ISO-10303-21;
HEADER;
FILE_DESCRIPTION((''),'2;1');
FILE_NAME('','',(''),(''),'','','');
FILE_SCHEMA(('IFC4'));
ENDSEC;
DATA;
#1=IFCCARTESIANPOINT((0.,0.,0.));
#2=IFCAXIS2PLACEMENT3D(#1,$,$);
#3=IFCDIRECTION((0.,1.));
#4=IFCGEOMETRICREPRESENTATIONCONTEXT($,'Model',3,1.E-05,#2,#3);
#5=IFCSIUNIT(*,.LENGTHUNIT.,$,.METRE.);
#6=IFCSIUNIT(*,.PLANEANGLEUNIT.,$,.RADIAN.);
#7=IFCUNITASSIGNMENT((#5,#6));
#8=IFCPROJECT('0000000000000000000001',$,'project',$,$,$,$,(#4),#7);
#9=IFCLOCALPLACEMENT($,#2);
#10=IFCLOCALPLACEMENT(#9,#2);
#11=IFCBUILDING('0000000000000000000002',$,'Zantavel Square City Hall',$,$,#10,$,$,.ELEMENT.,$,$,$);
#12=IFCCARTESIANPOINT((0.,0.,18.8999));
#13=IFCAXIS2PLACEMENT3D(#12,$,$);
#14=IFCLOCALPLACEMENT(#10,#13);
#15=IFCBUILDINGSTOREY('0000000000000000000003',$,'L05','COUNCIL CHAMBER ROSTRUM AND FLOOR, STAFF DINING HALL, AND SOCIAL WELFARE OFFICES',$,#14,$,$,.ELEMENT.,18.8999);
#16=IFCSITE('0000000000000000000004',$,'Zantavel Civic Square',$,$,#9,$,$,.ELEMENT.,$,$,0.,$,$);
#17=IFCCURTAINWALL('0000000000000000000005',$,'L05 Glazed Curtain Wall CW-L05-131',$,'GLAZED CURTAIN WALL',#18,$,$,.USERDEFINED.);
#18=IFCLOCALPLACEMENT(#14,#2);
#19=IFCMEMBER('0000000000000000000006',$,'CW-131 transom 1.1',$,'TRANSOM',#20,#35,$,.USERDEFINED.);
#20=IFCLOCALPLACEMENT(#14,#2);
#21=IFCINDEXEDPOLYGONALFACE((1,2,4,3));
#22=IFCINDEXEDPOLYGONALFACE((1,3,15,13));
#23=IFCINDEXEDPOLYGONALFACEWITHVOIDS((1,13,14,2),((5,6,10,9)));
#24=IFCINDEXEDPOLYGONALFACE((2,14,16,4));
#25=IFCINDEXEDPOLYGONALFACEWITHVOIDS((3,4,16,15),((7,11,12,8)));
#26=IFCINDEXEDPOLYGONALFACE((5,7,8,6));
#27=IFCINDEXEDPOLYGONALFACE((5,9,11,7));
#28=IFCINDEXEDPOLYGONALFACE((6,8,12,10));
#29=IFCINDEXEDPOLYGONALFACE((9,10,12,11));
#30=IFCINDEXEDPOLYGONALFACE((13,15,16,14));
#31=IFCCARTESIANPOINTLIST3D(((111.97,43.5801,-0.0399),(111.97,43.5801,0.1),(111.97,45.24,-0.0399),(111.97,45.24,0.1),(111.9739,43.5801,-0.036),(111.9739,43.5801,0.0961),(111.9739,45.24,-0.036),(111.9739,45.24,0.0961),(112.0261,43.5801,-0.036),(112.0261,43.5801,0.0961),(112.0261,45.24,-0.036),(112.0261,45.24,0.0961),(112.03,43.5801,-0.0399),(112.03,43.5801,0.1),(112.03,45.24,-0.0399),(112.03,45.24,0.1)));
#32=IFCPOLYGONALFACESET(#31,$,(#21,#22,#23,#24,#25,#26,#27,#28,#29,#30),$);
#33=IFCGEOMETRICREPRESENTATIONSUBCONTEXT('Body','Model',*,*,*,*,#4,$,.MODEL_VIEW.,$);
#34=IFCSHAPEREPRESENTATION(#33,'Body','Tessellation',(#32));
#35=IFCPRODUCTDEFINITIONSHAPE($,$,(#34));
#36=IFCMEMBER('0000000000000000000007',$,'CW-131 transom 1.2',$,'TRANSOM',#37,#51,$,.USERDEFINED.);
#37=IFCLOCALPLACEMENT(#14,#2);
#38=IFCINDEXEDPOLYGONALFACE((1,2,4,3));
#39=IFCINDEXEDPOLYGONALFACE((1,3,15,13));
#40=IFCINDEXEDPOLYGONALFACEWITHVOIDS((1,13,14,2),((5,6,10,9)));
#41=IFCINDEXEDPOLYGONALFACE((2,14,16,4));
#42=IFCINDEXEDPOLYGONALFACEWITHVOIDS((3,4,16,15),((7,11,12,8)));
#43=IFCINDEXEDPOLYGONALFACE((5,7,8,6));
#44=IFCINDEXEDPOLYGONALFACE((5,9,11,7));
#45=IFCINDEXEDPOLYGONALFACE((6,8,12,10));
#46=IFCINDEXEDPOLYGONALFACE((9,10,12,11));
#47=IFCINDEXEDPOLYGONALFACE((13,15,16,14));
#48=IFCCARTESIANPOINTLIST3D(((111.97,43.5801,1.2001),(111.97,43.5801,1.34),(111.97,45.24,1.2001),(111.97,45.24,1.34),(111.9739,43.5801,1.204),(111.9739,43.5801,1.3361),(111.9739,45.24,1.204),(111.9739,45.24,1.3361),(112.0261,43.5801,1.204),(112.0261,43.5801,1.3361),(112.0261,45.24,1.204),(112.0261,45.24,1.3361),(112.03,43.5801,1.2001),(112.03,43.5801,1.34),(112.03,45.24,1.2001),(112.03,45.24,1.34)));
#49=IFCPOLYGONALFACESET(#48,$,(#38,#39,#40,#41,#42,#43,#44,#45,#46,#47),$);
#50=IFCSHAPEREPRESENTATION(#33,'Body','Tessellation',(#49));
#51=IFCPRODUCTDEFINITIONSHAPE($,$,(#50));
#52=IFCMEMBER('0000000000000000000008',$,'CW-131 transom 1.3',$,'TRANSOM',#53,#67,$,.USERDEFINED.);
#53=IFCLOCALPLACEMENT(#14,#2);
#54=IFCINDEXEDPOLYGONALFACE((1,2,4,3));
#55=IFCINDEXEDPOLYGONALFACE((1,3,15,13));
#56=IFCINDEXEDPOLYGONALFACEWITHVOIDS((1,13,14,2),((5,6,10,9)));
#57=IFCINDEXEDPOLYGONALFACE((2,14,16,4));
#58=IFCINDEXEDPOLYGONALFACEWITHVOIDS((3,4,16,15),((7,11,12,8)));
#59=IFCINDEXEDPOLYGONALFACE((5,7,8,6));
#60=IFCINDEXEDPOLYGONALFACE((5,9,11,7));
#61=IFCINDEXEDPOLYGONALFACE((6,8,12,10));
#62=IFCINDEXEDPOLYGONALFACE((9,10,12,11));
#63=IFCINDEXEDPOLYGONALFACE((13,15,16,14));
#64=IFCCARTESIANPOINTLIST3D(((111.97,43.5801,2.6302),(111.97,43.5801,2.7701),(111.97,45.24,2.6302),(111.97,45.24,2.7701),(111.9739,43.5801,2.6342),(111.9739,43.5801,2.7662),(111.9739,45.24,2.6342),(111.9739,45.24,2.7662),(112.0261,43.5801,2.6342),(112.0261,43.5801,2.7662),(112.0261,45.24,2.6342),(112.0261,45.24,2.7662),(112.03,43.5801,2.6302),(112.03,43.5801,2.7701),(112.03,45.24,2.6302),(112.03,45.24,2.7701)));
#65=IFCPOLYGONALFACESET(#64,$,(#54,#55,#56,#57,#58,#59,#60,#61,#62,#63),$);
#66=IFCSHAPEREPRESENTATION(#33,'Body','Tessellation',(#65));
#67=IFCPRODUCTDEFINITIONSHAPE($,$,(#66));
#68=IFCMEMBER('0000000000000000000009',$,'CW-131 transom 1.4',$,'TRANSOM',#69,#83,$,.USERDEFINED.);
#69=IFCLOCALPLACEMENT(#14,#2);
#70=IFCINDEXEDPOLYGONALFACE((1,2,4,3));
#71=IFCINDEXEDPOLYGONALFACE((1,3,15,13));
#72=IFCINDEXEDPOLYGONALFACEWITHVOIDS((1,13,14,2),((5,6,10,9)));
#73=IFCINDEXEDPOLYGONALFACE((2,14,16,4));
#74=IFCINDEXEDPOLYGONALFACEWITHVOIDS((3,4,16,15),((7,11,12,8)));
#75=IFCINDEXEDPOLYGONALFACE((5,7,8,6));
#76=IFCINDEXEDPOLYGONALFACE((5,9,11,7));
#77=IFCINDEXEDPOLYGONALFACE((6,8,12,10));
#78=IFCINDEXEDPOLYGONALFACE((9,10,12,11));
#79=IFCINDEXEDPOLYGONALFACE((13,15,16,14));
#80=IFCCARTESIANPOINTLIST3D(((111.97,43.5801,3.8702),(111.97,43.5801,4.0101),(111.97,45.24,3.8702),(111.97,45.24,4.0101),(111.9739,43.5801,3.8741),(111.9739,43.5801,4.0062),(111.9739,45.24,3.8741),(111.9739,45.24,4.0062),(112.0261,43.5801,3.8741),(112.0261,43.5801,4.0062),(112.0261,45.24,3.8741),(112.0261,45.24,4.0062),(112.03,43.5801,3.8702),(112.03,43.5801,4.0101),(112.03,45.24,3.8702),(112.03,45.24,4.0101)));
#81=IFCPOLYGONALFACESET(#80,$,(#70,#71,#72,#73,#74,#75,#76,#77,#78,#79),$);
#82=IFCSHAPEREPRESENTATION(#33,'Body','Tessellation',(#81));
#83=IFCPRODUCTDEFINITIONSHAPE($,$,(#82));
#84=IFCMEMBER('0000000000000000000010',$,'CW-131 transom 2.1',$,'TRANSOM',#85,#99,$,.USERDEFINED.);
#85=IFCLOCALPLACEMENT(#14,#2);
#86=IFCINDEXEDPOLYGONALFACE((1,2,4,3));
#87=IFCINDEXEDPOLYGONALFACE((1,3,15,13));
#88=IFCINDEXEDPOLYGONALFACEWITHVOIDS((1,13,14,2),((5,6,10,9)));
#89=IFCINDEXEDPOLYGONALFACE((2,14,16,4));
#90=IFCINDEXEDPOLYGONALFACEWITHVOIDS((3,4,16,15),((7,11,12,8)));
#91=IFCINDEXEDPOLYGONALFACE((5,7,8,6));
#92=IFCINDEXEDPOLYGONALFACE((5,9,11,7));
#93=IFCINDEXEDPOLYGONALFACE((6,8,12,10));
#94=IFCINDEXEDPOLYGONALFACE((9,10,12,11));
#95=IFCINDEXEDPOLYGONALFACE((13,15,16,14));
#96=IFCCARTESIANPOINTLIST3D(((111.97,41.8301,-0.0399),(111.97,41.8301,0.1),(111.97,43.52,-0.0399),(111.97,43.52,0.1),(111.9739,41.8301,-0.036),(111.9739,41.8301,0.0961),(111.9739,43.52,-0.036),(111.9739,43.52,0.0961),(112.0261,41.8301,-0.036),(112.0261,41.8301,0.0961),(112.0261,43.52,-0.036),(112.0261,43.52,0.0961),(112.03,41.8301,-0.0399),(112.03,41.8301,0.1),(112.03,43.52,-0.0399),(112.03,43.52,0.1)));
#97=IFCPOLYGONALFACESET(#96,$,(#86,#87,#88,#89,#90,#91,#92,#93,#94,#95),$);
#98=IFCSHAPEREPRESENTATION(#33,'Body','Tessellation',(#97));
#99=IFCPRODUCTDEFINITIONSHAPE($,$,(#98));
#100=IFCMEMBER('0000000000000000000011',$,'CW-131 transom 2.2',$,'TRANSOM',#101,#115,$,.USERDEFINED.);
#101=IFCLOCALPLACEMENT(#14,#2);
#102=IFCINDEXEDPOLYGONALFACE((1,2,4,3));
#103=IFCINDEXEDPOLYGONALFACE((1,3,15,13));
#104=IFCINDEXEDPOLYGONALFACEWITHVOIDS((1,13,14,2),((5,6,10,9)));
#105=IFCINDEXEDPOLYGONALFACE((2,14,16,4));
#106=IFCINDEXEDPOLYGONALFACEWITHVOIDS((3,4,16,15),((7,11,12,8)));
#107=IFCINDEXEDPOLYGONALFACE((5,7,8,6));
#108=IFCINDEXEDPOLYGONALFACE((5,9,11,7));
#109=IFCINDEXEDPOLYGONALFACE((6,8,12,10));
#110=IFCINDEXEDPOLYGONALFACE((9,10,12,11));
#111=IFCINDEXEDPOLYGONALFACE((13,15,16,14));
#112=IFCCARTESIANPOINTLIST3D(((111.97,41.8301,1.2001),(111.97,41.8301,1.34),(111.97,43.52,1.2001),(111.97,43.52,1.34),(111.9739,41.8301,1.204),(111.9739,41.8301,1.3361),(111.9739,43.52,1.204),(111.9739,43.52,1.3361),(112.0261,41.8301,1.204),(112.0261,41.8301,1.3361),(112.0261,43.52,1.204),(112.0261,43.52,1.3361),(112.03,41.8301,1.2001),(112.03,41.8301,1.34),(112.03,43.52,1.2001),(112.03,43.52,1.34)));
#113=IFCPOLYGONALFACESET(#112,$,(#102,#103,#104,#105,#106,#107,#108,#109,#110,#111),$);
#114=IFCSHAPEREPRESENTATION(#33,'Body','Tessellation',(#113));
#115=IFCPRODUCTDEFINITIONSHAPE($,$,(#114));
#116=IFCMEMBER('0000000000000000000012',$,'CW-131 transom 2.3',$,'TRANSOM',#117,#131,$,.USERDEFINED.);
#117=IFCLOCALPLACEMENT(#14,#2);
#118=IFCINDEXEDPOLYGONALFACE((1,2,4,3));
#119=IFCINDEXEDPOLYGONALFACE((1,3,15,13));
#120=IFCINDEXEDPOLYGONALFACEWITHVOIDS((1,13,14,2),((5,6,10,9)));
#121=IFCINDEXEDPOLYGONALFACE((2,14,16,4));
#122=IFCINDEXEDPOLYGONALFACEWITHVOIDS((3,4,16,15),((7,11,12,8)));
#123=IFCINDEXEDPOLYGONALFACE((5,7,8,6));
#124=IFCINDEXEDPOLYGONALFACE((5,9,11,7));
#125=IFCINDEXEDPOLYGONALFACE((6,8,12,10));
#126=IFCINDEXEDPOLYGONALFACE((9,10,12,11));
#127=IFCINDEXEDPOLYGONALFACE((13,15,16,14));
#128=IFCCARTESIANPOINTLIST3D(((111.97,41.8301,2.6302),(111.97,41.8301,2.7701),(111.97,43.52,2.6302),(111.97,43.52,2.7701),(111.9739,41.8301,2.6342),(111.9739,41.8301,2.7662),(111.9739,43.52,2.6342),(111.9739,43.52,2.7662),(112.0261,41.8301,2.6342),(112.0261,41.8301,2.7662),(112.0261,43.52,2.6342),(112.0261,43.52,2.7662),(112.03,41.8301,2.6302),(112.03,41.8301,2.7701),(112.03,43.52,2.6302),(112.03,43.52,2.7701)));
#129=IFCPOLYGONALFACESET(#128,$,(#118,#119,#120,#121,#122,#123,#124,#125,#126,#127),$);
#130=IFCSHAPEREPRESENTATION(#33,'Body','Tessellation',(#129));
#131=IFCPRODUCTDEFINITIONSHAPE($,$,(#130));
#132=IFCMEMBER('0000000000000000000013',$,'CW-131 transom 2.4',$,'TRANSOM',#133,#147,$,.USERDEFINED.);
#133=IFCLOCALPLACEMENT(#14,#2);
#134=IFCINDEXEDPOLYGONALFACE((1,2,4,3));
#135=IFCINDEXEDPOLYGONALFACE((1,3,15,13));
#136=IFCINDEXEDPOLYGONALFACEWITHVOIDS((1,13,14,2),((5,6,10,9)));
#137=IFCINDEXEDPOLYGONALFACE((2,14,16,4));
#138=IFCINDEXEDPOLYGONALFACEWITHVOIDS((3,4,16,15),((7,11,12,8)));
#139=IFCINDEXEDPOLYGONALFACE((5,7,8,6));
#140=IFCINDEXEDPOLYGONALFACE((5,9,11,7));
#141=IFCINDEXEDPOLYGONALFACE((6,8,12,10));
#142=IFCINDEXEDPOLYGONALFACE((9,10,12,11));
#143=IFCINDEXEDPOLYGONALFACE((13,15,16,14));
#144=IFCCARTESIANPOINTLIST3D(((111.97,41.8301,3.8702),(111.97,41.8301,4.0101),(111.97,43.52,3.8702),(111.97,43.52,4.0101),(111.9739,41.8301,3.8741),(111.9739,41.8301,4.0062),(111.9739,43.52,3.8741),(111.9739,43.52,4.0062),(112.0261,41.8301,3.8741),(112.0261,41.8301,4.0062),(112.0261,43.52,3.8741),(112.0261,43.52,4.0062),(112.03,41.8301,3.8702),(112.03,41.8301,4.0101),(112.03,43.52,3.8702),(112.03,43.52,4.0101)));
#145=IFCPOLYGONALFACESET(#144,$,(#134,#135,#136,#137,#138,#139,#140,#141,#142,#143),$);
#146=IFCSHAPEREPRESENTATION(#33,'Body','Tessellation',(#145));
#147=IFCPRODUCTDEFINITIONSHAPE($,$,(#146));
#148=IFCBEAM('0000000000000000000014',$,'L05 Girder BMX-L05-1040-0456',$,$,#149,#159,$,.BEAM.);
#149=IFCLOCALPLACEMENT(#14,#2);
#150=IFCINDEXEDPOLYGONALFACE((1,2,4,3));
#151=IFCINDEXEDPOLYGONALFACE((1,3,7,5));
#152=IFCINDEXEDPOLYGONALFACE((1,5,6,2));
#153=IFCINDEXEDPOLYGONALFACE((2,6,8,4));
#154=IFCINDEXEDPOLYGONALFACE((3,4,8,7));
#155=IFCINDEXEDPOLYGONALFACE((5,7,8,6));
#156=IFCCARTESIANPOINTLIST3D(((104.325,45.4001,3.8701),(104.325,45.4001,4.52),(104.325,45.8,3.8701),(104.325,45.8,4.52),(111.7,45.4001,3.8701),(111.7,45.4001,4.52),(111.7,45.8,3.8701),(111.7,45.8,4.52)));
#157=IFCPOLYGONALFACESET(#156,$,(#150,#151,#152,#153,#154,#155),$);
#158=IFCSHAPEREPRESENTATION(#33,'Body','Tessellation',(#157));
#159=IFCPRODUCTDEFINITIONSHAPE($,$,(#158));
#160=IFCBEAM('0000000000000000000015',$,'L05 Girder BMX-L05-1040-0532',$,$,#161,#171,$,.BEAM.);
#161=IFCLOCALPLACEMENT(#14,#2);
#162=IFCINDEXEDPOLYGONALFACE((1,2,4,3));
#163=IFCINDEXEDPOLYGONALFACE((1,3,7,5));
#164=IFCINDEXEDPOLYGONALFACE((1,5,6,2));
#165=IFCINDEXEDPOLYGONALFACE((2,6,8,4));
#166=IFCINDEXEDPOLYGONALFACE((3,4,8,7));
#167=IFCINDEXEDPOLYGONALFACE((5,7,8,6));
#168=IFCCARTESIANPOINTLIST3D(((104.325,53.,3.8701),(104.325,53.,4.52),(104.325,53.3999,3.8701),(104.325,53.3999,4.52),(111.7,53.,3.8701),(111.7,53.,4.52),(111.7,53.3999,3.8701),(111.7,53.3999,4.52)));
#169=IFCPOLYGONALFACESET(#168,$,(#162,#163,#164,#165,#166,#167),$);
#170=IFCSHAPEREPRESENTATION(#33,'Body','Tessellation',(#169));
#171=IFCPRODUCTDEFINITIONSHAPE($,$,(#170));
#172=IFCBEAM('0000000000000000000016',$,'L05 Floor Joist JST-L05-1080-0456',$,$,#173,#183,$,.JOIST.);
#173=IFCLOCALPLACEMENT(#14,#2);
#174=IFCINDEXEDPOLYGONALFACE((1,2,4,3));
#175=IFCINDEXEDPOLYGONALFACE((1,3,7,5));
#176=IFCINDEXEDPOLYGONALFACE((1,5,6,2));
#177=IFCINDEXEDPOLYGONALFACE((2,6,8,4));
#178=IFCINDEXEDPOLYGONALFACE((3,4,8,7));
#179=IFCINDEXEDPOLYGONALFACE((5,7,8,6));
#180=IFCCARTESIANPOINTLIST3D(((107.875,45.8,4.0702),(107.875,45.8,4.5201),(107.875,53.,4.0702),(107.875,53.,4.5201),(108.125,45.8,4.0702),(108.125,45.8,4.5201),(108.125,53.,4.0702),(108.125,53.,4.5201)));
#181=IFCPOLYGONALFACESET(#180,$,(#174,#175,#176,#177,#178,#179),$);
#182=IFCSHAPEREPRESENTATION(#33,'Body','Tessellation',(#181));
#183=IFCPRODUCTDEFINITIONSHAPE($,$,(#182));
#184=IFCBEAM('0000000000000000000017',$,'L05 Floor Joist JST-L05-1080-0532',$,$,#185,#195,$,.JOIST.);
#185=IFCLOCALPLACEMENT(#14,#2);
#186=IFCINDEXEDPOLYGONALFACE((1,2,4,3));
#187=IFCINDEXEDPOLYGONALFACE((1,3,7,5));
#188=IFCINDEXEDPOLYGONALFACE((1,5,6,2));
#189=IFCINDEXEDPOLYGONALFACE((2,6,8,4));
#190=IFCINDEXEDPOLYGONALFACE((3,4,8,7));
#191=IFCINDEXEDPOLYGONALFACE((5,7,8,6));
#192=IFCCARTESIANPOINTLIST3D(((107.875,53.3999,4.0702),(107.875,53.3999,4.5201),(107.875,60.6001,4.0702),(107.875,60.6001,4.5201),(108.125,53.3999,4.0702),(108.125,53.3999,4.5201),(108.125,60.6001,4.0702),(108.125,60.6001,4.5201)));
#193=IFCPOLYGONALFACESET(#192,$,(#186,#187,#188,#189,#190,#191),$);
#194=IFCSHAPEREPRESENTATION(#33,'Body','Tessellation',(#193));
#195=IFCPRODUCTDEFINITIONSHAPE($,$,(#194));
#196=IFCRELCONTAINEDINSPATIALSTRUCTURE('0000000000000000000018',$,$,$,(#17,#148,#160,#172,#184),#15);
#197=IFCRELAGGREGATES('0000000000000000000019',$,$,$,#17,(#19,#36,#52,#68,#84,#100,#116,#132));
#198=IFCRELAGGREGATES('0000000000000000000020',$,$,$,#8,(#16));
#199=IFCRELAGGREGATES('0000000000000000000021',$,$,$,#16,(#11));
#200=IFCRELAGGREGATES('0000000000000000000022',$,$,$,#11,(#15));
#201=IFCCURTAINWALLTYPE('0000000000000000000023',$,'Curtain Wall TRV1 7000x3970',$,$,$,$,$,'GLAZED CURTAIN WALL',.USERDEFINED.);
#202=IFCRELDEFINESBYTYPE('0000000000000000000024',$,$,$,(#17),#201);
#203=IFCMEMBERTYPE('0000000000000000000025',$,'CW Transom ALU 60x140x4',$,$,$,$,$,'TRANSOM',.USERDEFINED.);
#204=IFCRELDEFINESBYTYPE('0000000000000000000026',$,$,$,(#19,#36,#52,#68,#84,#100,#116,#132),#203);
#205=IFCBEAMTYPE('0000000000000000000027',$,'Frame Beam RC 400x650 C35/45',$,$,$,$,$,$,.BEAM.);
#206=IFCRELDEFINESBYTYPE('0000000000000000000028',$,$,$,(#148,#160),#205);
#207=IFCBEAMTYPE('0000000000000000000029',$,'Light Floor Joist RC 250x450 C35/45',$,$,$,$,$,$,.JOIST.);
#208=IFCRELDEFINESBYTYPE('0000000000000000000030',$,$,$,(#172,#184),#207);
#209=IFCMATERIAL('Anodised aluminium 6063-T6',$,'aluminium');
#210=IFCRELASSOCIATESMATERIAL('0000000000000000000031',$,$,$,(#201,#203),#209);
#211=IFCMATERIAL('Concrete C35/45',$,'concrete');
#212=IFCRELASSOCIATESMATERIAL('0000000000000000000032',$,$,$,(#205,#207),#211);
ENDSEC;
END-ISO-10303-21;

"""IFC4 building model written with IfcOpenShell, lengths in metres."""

from ifc_helpers import new_model, si_unit, direction, frame, origin, origin_2d, place, context, subcontext, project, spatial, rectangle, hollow_rectangle, extrude, material, material_profile, profile_set, type_object, element, aggregate, save


model = new_model("IFC4")

# Units and contexts
model_context = context("Model", 3, precision=1e-05, world=origin(), true_north=direction((0.0, 1.0)))
body_context = subcontext(model_context, "Body", "Model", "MODEL_VIEW")
ifc_project = project(units=[si_unit("LENGTHUNIT", "METRE"), si_unit("PLANEANGLEUNIT", "RADIAN")], contexts=[model_context])

# Site, building, storey
site_placement = place(None, origin())
site = spatial("IfcSite", under=ifc_project, at=site_placement, Name="Zantavel Civic Square", CompositionType="ELEMENT", RefElevation=0.0)
building_placement = place(site_placement, origin())
building = spatial("IfcBuilding", under=site, at=building_placement, Name="Zantavel Square City Hall", CompositionType="ELEMENT")
storey_placement = place(building_placement, frame((0.0, 0.0, 18.8999)))
storey = spatial("IfcBuildingStorey", under=building, at=storey_placement, Name="L05", Description="COUNCIL CHAMBER ROSTRUM AND FLOOR, STAFF DINING HALL, AND SOCIAL WELFARE OFFICES", CompositionType="ELEMENT", Elevation=18.8999)

# Curtain wall
ifc_material_1 = material(Name="Anodised aluminium 6063-T6", Category="aluminium")
curtain_wall_type = type_object("IfcCurtainWallType", Name="Curtain Wall TRV1 7000x3970", ElementType="GLAZED CURTAIN WALL", PredefinedType="USERDEFINED", material=ifc_material_1)
curtain_wall_1_placement = place(storey_placement, origin())
curtain_wall_1 = element("IfcCurtainWall", 1, at=curtain_wall_1_placement, inside=storey, type_object=curtain_wall_type, Name="L05 Glazed Curtain Wall CW-L05-131", ObjectType="GLAZED CURTAIN WALL", PredefinedType="USERDEFINED")

# Members
ifc_material_profile_1 = material_profile(ifc_material_1, hollow_rectangle(XDim=0.0601, YDim=0.1399, WallThickness=0.0039, at=origin_2d()), Name="ALU 60x140x4")
ifc_profile_set_1 = profile_set([ifc_material_profile_1], Name="Anodised aluminium 6063-T6")
member_type_1 = type_object("IfcMemberType", Name="CW Transom ALU 60x140x4", ElementType="TRANSOM", PredefinedType="USERDEFINED", material=ifc_profile_set_1)
member_1_placement = place(storey_placement, frame((112.0, 45.24, 0.03), z_axis=(0.0, -1.0, 0.0), x_axis=(1.0, 0.0, 0.0)))
member_1 = element("IfcMember", 2, at=member_1_placement, type_object=member_type_1, Name="CW-131 transom 1.1", ObjectType="TRANSOM", PredefinedType="USERDEFINED", context=body_context, shape_type="SweptSolid", body=[
    extrude(hollow_rectangle(XDim=0.0601, YDim=0.1399, WallThickness=0.0039, at=origin_2d()), origin(), (0.0, 0.0, 1.0), 1.6599),
])
member_2_placement = place(storey_placement, frame((112.0, 45.24, 1.27), z_axis=(0.0, -1.0, 0.0), x_axis=(1.0, 0.0, 0.0)))
member_2 = element("IfcMember", 3, at=member_2_placement, type_object=member_type_1, Name="CW-131 transom 1.2", ObjectType="TRANSOM", PredefinedType="USERDEFINED", context=body_context, shape_type="SweptSolid", body=[
    extrude(hollow_rectangle(XDim=0.0601, YDim=0.1399, WallThickness=0.0039, at=origin_2d()), origin(), (0.0, 0.0, 1.0), 1.6599),
])
member_3_placement = place(storey_placement, frame((112.0, 45.24, 2.7002), z_axis=(0.0, -1.0, 0.0), x_axis=(1.0, 0.0, 0.0)))
member_3 = element("IfcMember", 4, at=member_3_placement, type_object=member_type_1, Name="CW-131 transom 1.3", ObjectType="TRANSOM", PredefinedType="USERDEFINED", context=body_context, shape_type="SweptSolid", body=[
    extrude(hollow_rectangle(XDim=0.0601, YDim=0.1399, WallThickness=0.0039, at=origin_2d()), origin(), (0.0, 0.0, 1.0), 1.6599),
])
member_4_placement = place(storey_placement, frame((112.0, 45.24, 3.9402), z_axis=(0.0, -1.0, 0.0), x_axis=(1.0, 0.0, 0.0)))
member_4 = element("IfcMember", 5, at=member_4_placement, type_object=member_type_1, Name="CW-131 transom 1.4", ObjectType="TRANSOM", PredefinedType="USERDEFINED", context=body_context, shape_type="SweptSolid", body=[
    extrude(hollow_rectangle(XDim=0.0601, YDim=0.1399, WallThickness=0.0039, at=origin_2d()), origin(), (0.0, 0.0, 1.0), 1.6599),
])
member_5_placement = place(storey_placement, frame((112.0, 43.52, 0.03), z_axis=(0.0, -1.0, 0.0), x_axis=(1.0, 0.0, 0.0)))
member_5 = element("IfcMember", 6, at=member_5_placement, type_object=member_type_1, Name="CW-131 transom 2.1", ObjectType="TRANSOM", PredefinedType="USERDEFINED", context=body_context, shape_type="SweptSolid", body=[
    extrude(hollow_rectangle(XDim=0.0601, YDim=0.1399, WallThickness=0.0039, at=origin_2d()), origin(), (0.0, 0.0, 1.0), 1.6899),
])
member_6_placement = place(storey_placement, frame((112.0, 43.52, 1.27), z_axis=(0.0, -1.0, 0.0), x_axis=(1.0, 0.0, 0.0)))
member_6 = element("IfcMember", 7, at=member_6_placement, type_object=member_type_1, Name="CW-131 transom 2.2", ObjectType="TRANSOM", PredefinedType="USERDEFINED", context=body_context, shape_type="SweptSolid", body=[
    extrude(hollow_rectangle(XDim=0.0601, YDim=0.1399, WallThickness=0.0039, at=origin_2d()), origin(), (0.0, 0.0, 1.0), 1.6899),
])
member_7_placement = place(storey_placement, frame((112.0, 43.52, 2.7002), z_axis=(0.0, -1.0, 0.0), x_axis=(1.0, 0.0, 0.0)))
member_7 = element("IfcMember", 8, at=member_7_placement, type_object=member_type_1, Name="CW-131 transom 2.3", ObjectType="TRANSOM", PredefinedType="USERDEFINED", context=body_context, shape_type="SweptSolid", body=[
    extrude(hollow_rectangle(XDim=0.0601, YDim=0.1399, WallThickness=0.0039, at=origin_2d()), origin(), (0.0, 0.0, 1.0), 1.6899),
])
member_8_placement = place(storey_placement, frame((112.0, 43.52, 3.9402), z_axis=(0.0, -1.0, 0.0), x_axis=(1.0, 0.0, 0.0)))
member_8 = element("IfcMember", 9, at=member_8_placement, type_object=member_type_1, Name="CW-131 transom 2.4", ObjectType="TRANSOM", PredefinedType="USERDEFINED", context=body_context, shape_type="SweptSolid", body=[
    extrude(hollow_rectangle(XDim=0.0601, YDim=0.1399, WallThickness=0.0039, at=origin_2d()), origin(), (0.0, 0.0, 1.0), 1.6899),
])

# Beams
ifc_material_2 = material(Name="Concrete C35/45", Category="concrete")
ifc_material_profile_2 = material_profile(ifc_material_2, rectangle(XDim=0.3999, YDim=0.6499, at=origin_2d()), Name="RC 400x650")
ifc_profile_set_2 = profile_set([ifc_material_profile_2], Name="Concrete C35/45")
beam_type_1 = type_object("IfcBeamType", Name="Frame Beam RC 400x650 C35/45", PredefinedType="BEAM", material=ifc_profile_set_2)
for number, where, z_axis, x_axis, name in (
    (10, (104.325, 45.6001, 4.1951), (1.0, 0.0, 0.0), (0.0, 1.0, 0.0), "L05 Girder BMX-L05-1040-0456"),
    (11, (104.325, 53.2, 4.1951), (1.0, 0.0, 0.0), (0.0, 1.0, 0.0), "L05 Girder BMX-L05-1040-0532"),
):
    element("IfcBeam", number, at=place(storey_placement, frame(where, z_axis=z_axis, x_axis=x_axis)), inside=storey, type_object=beam_type_1, Name=name, PredefinedType="BEAM", context=body_context, shape_type="SweptSolid", body=[
        extrude(rectangle(XDim=0.3999, YDim=0.6499, at=origin_2d()), origin(), (0.0, 0.0, 1.0), 7.375),
    ])
ifc_material_profile_3 = material_profile(ifc_material_2, rectangle(XDim=0.25, YDim=0.45, at=origin_2d()), Name="RC 250x450")
ifc_profile_set_3 = profile_set([ifc_material_profile_3], Name="Concrete C35/45")
beam_type_2 = type_object("IfcBeamType", Name="Light Floor Joist RC 250x450 C35/45", PredefinedType="JOIST", material=ifc_profile_set_3)
beam_1_placement = place(storey_placement, frame((108.0, 45.8, 4.2952), z_axis=(0.0, 1.0, 0.0), x_axis=(-1.0, 0.0, 0.0)))
element("IfcBeam", 12, at=beam_1_placement, inside=storey, type_object=beam_type_2, Name="L05 Floor Joist JST-L05-1080-0456", PredefinedType="JOIST", context=body_context, shape_type="SweptSolid", body=[
    extrude(rectangle(XDim=0.25, YDim=0.45, at=origin_2d()), origin(), (0.0, 0.0, 1.0), 7.2),
])
beam_2_placement = place(storey_placement, frame((108.0, 53.3999, 4.2952), z_axis=(0.0, 1.0, 0.0), x_axis=(-1.0, 0.0, 0.0)))
element("IfcBeam", 13, at=beam_2_placement, inside=storey, type_object=beam_type_2, Name="L05 Floor Joist JST-L05-1080-0532", PredefinedType="JOIST", context=body_context, shape_type="SweptSolid", body=[
    extrude(rectangle(XDim=0.25, YDim=0.45, at=origin_2d()), origin(), (0.0, 0.0, 1.0), 7.2002),
])

aggregate(curtain_wall_1, [member_1, member_2, member_3, member_4, member_5, member_6, member_7, member_8])

save(model, "model.ifc")
